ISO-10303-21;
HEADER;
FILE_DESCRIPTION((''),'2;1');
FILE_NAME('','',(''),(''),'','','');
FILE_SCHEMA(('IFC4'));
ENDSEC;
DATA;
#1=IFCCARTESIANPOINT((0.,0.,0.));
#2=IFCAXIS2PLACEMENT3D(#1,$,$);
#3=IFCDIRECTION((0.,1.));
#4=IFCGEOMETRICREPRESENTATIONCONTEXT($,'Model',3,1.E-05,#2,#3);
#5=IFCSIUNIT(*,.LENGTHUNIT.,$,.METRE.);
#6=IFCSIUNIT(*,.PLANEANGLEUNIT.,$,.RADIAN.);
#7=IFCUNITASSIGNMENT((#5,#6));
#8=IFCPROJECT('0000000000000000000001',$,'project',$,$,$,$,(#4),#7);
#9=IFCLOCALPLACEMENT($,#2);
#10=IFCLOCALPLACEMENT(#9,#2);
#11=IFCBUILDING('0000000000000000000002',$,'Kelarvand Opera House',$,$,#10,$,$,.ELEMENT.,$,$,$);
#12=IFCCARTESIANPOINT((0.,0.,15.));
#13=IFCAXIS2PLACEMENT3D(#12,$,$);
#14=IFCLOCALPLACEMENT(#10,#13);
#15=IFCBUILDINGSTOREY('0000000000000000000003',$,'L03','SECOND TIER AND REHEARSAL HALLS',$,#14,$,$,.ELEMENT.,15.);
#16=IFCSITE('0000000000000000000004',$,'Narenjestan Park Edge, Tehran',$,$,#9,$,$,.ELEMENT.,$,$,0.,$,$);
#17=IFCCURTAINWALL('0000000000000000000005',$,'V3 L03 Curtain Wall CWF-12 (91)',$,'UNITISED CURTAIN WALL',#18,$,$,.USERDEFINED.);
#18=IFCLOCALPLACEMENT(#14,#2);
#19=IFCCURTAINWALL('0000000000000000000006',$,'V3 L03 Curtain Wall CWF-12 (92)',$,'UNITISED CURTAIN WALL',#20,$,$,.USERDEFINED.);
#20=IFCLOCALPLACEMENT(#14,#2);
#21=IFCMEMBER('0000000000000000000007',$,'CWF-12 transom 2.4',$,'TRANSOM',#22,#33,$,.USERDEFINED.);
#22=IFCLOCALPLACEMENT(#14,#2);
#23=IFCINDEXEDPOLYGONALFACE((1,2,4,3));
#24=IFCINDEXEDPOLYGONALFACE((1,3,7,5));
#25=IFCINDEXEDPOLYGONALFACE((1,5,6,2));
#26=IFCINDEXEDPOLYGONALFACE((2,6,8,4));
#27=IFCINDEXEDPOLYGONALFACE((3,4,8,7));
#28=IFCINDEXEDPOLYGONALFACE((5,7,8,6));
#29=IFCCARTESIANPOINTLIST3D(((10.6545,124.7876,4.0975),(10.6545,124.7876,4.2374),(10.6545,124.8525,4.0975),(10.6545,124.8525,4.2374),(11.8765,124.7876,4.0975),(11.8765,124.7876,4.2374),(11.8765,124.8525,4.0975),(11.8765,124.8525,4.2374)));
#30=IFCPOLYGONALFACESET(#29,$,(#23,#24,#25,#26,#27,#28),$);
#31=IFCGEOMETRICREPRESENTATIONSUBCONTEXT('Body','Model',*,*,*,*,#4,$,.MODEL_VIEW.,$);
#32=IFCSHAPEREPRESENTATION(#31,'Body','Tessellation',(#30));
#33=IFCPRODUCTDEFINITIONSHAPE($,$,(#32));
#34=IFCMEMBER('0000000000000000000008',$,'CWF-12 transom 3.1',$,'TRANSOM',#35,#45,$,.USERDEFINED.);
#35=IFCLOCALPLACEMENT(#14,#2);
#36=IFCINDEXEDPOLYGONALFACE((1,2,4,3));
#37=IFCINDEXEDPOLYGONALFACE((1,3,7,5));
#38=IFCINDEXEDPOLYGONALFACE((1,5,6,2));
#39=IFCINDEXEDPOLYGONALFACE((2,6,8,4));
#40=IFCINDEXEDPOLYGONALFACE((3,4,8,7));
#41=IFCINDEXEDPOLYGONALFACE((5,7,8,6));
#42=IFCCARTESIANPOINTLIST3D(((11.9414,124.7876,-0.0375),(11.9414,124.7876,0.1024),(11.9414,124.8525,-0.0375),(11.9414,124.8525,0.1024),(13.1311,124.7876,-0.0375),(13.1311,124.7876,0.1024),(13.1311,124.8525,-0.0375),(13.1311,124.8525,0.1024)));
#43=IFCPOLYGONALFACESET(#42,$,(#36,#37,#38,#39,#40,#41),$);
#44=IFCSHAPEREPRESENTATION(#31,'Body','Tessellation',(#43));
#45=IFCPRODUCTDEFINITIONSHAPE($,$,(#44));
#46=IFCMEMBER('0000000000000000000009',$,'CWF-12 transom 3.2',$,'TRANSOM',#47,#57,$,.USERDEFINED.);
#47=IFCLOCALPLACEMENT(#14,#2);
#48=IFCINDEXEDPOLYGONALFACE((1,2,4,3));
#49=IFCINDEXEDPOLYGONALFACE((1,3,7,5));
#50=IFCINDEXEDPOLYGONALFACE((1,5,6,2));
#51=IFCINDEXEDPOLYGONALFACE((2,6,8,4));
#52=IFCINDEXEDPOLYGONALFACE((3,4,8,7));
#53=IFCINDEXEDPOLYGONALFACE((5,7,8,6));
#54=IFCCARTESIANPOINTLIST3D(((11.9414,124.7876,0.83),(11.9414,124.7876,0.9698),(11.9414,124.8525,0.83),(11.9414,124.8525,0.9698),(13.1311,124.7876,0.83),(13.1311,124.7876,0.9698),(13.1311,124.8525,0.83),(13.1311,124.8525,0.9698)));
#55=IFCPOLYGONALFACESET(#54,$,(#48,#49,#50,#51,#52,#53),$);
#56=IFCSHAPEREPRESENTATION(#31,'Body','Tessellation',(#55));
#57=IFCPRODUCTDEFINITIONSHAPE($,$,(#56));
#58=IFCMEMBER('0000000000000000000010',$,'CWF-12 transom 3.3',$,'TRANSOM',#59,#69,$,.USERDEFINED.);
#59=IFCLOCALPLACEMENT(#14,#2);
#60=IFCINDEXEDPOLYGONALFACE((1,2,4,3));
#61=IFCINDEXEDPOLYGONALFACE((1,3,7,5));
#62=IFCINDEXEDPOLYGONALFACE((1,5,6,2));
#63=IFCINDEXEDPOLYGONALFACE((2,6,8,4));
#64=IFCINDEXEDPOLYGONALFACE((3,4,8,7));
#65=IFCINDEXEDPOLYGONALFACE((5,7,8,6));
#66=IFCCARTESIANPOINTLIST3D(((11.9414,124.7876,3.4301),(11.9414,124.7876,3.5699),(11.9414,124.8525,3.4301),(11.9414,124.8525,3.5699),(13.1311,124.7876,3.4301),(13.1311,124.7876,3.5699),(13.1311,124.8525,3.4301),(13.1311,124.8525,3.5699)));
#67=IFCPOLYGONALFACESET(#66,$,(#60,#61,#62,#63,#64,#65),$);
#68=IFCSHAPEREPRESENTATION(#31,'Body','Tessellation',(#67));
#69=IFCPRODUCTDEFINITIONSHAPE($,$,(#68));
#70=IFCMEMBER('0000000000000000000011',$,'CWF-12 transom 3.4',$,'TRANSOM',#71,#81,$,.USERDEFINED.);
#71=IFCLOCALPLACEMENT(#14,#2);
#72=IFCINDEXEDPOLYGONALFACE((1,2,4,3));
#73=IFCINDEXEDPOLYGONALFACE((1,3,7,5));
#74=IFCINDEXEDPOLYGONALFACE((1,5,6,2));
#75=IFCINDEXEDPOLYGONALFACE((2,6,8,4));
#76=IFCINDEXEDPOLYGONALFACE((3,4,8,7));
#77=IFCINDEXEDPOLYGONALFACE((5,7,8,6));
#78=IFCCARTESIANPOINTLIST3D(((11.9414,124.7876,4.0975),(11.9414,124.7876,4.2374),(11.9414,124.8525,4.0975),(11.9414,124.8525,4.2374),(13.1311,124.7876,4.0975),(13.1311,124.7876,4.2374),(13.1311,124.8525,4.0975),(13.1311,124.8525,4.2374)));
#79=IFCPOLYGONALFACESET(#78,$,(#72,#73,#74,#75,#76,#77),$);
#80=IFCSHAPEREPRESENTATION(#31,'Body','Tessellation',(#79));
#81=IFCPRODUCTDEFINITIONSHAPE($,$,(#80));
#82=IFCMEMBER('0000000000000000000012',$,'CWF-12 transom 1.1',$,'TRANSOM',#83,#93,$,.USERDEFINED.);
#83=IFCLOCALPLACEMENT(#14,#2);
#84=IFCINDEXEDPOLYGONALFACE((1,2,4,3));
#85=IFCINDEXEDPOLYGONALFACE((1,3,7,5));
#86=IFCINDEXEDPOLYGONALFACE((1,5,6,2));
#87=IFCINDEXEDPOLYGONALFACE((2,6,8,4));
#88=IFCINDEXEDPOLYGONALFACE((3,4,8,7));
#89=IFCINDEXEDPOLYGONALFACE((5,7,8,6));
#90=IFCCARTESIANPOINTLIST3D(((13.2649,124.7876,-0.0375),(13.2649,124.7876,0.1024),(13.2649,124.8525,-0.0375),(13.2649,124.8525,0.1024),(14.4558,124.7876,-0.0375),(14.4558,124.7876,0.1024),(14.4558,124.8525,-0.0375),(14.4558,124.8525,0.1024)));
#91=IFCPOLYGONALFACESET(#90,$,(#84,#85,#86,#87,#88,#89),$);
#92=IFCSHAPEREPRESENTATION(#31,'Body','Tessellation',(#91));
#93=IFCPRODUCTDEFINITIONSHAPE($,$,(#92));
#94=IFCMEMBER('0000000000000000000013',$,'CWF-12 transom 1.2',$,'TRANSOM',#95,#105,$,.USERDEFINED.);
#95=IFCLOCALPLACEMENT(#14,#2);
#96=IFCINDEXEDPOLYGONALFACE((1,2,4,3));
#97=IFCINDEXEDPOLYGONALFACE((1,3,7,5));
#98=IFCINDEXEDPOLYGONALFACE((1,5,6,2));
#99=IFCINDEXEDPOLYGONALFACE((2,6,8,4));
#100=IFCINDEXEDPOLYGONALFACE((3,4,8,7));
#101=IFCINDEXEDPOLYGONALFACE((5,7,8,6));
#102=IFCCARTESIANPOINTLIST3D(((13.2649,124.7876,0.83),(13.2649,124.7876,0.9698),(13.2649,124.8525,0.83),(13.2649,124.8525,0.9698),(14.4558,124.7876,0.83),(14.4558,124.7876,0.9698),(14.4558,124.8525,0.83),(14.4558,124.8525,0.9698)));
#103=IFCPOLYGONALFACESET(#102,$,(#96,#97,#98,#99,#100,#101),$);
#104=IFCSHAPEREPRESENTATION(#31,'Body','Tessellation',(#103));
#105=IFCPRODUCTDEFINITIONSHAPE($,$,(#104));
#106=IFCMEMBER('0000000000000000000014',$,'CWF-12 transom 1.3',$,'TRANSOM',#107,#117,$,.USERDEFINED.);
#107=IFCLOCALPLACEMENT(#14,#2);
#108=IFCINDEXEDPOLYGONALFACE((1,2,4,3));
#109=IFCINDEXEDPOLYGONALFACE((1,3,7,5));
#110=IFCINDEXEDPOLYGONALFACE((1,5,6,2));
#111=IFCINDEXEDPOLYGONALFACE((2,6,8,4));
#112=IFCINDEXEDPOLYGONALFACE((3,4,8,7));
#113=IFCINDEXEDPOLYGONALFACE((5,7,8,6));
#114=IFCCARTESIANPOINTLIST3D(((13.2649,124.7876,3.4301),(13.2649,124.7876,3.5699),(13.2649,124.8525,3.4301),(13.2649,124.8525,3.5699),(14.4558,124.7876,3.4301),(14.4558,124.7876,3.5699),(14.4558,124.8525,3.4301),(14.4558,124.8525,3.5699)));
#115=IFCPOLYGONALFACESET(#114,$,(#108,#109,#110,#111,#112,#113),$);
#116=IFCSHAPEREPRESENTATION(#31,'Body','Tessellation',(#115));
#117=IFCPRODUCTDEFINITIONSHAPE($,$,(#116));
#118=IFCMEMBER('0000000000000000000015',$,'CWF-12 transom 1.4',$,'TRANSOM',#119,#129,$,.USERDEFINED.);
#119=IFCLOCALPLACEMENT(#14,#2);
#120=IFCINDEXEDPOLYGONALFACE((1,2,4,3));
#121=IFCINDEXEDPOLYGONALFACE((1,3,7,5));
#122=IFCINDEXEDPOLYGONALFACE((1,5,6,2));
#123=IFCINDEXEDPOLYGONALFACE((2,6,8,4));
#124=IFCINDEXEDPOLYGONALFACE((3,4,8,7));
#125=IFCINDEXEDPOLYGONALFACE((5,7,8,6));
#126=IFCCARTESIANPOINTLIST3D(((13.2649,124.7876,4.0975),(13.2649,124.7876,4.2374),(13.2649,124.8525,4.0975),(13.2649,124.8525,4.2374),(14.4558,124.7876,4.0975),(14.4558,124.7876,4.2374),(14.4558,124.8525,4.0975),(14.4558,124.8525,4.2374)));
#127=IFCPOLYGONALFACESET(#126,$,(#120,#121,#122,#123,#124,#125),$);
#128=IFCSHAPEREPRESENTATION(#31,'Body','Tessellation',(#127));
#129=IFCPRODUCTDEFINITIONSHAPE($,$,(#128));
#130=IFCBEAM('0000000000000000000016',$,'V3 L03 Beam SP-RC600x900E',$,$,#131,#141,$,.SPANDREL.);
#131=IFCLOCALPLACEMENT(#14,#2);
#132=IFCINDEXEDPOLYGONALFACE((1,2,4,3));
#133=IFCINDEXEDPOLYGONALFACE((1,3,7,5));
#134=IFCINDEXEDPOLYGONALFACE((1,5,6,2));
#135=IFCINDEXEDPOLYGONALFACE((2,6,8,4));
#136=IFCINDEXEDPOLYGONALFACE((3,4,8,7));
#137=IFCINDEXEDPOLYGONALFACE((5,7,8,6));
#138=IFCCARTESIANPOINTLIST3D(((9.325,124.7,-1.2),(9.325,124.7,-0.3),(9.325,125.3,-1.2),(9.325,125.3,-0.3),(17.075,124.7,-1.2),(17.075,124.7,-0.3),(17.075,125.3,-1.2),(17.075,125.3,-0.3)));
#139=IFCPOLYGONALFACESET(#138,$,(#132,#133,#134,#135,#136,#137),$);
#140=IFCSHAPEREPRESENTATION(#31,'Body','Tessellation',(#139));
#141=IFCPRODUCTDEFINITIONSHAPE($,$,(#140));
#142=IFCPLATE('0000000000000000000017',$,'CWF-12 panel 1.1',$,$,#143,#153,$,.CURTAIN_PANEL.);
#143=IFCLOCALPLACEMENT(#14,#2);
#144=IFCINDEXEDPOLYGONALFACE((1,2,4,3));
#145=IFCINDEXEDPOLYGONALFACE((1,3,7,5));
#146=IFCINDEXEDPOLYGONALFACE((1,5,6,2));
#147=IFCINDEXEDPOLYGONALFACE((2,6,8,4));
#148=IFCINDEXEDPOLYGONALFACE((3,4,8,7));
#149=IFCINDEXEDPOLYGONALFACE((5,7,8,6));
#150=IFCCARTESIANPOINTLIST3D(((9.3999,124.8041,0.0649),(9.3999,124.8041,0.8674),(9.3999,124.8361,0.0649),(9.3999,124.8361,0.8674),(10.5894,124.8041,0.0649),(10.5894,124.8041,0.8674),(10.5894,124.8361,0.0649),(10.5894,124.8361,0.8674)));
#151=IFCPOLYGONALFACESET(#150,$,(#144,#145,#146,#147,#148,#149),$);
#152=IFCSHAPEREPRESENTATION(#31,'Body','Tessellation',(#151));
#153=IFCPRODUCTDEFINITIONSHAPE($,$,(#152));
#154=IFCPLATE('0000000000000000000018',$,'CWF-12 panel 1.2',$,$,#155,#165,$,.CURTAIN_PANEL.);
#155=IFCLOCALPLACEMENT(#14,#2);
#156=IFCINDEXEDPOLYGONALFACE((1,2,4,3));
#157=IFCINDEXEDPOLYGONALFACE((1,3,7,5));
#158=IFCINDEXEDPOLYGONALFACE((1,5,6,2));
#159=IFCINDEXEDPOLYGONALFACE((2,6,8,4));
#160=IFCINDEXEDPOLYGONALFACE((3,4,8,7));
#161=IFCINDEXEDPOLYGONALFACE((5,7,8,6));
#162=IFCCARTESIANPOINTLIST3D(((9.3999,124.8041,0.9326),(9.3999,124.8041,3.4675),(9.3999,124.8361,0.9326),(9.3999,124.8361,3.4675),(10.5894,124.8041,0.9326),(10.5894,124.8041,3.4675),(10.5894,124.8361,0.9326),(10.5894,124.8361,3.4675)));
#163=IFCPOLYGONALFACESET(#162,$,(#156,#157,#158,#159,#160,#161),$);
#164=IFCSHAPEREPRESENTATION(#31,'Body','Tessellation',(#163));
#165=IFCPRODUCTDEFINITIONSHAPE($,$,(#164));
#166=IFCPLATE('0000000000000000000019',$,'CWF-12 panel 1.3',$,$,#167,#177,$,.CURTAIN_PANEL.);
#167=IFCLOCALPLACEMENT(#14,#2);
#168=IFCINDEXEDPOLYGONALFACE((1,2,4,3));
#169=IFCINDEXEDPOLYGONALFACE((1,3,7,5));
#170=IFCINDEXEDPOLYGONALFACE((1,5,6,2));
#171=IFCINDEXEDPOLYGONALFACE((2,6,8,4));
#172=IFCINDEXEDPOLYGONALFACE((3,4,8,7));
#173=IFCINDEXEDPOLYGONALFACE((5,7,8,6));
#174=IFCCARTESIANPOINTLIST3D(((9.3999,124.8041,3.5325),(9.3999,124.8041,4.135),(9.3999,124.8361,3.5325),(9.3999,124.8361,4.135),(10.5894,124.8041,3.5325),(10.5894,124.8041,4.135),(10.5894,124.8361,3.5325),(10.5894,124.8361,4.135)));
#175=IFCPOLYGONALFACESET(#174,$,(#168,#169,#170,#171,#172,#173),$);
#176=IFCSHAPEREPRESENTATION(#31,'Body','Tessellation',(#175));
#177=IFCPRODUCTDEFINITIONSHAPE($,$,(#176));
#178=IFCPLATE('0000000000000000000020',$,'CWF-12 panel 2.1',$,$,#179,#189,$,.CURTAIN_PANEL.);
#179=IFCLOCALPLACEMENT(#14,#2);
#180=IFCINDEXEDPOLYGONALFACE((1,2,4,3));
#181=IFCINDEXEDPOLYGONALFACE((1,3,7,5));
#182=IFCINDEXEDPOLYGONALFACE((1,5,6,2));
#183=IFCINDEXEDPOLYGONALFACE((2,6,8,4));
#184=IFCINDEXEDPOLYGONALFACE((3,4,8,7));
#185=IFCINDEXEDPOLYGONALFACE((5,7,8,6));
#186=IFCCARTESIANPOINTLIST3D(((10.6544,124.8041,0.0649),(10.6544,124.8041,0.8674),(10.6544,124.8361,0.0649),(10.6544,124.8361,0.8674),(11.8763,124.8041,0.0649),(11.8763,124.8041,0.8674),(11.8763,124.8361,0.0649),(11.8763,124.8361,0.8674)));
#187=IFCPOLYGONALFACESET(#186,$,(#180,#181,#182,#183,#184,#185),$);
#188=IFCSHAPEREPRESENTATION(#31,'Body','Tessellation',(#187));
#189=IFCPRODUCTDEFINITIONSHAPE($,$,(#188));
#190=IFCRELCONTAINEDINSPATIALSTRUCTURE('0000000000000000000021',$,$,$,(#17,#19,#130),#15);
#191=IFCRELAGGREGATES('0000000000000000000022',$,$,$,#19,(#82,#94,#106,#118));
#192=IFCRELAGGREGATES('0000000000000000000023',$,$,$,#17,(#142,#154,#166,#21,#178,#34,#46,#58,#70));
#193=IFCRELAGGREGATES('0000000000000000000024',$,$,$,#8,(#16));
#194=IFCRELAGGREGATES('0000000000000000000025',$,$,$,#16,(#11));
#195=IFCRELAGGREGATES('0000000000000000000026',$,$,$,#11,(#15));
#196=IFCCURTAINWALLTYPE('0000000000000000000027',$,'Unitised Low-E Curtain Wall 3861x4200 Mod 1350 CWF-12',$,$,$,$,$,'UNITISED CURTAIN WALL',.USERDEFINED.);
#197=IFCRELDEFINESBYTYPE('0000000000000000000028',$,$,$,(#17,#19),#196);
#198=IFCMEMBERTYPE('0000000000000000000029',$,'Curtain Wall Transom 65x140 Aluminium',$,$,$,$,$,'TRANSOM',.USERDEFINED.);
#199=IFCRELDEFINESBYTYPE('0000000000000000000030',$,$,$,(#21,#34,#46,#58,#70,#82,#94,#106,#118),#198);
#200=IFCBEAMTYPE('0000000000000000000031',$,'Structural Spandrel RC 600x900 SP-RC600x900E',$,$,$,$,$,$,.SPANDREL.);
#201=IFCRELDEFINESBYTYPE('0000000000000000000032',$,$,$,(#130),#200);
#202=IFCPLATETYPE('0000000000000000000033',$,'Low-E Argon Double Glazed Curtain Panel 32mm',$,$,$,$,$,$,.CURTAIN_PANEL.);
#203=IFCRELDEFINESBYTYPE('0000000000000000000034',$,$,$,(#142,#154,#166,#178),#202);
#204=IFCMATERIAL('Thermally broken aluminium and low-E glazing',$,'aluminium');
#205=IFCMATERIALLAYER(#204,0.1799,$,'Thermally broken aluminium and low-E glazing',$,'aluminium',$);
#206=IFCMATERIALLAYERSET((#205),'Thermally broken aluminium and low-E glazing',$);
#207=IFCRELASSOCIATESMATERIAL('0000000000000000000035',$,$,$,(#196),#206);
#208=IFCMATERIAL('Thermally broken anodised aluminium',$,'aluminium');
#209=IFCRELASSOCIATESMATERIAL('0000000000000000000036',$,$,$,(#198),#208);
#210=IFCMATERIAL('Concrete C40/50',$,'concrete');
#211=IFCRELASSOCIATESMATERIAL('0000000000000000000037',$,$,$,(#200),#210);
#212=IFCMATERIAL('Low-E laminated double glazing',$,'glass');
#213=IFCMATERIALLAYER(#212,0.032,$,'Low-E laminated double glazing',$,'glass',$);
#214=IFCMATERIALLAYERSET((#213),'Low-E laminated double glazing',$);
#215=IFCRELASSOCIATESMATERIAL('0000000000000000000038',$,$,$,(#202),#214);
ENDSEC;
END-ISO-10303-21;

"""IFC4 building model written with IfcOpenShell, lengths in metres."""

from ifc_helpers import new_model, si_unit, direction, frame, origin, origin_2d, place, context, subcontext, project, spatial, rectangle, extrude, material, layer, layer_set, material_profile, profile_set, type_object, element, aggregate, save


model = new_model("IFC4")

# Units and contexts
model_context = context("Model", 3, precision=1e-05, world=origin(), true_north=direction((0.0, 1.0)))
body_context = subcontext(model_context, "Body", "Model", "MODEL_VIEW")
ifc_project = project(units=[si_unit("LENGTHUNIT", "METRE"), si_unit("PLANEANGLEUNIT", "RADIAN")], contexts=[model_context])

# Site, building, storey
site_placement = place(None, origin())
site = spatial("IfcSite", under=ifc_project, at=site_placement, Name="Narenjestan Park Edge, Tehran", CompositionType="ELEMENT", RefElevation=0.0)
building_placement = place(site_placement, origin())
building = spatial("IfcBuilding", under=site, at=building_placement, Name="Kelarvand Opera House", CompositionType="ELEMENT")
storey_placement = place(building_placement, frame((0.0, 0.0, 15.0)))
storey = spatial("IfcBuildingStorey", under=building, at=storey_placement, Name="L03", Description="SECOND TIER AND REHEARSAL HALLS", CompositionType="ELEMENT", Elevation=15.0)

# Shared definitions
ifc_material_1 = material(Name="Concrete C40/50", Category="concrete")

# Curtain wall
ifc_material_2 = material(Name="Thermally broken aluminium and low-E glazing", Category="aluminium")
ifc_layer_1 = layer(ifc_material_2, 0.1799, Name="Thermally broken aluminium and low-E glazing", Category="aluminium")
ifc_layer_set_1 = layer_set([ifc_layer_1], Name="Thermally broken aluminium and low-E glazing")
curtain_wall_type_1 = type_object("IfcCurtainWallType", Name="Unitised Low-E Curtain Wall 3861x4200 Mod 1350 CWF-12", ElementType="UNITISED CURTAIN WALL", PredefinedType="USERDEFINED", material=ifc_layer_set_1)
curtain_wall_1_placement = place(storey_placement, origin())
curtain_wall_1 = element("IfcCurtainWall", 1, at=curtain_wall_1_placement, inside=storey, type_object=curtain_wall_type_1, Name="V3 L03 Curtain Wall CWF-12 (91)", ObjectType="UNITISED CURTAIN WALL", PredefinedType="USERDEFINED")
ifc_material_3 = material(Name="Thermally broken anodised aluminium", Category="aluminium")

# Curtain wall
curtain_wall_2_placement = place(storey_placement, origin())
curtain_wall_2 = element("IfcCurtainWall", 2, at=curtain_wall_2_placement, inside=storey, type_object=curtain_wall_type_1, Name="V3 L03 Curtain Wall CWF-12 (92)", ObjectType="UNITISED CURTAIN WALL", PredefinedType="USERDEFINED")

# Members
ifc_material_profile_1 = material_profile(ifc_material_3, rectangle(XDim=0.0649, YDim=0.1399, at=origin_2d()), Name="ALU TRANSOM 65x140", Category="aluminium")
ifc_profile_set_1 = profile_set([ifc_material_profile_1], Name="Thermally broken anodised aluminium")
member_type_1 = type_object("IfcMemberType", Name="Curtain Wall Transom 65x140 Aluminium", ElementType="TRANSOM", PredefinedType="USERDEFINED", material=ifc_profile_set_1)
member_1_placement = place(storey_placement, frame((10.6545, 124.8201, 4.1675), z_axis=(1.0, 0.0, 0.0), x_axis=(0.0, 1.0, 0.0)))
member_1 = element("IfcMember", 3, at=member_1_placement, type_object=member_type_1, Name="CWF-12 transom 2.4", ObjectType="TRANSOM", PredefinedType="USERDEFINED", context=body_context, shape_type="SweptSolid", body=[
    extrude(rectangle(XDim=0.0649, YDim=0.1399, at=origin_2d()), origin(), (0.0, 0.0, 1.0), 1.2219),
])
member_2_placement = place(storey_placement, frame((11.9414, 124.8201, 0.0325), z_axis=(1.0, 0.0, 0.0), x_axis=(0.0, 1.0, 0.0)))
member_2 = element("IfcMember", 4, at=member_2_placement, type_object=member_type_1, Name="CWF-12 transom 3.1", ObjectType="TRANSOM", PredefinedType="USERDEFINED", context=body_context, shape_type="SweptSolid", body=[
    extrude(rectangle(XDim=0.0649, YDim=0.1399, at=origin_2d()), origin(), (0.0, 0.0, 1.0), 1.1897),
])
member_3_placement = place(storey_placement, frame((11.9414, 124.8201, 0.8999), z_axis=(1.0, 0.0, 0.0), x_axis=(0.0, 1.0, 0.0)))
member_3 = element("IfcMember", 5, at=member_3_placement, type_object=member_type_1, Name="CWF-12 transom 3.2", ObjectType="TRANSOM", PredefinedType="USERDEFINED", context=body_context, shape_type="SweptSolid", body=[
    extrude(rectangle(XDim=0.0649, YDim=0.1399, at=origin_2d()), origin(), (0.0, 0.0, 1.0), 1.1897),
])
member_4_placement = place(storey_placement, frame((11.9414, 124.8201, 3.5), z_axis=(1.0, 0.0, 0.0), x_axis=(0.0, 1.0, 0.0)))
member_4 = element("IfcMember", 6, at=member_4_placement, type_object=member_type_1, Name="CWF-12 transom 3.3", ObjectType="TRANSOM", PredefinedType="USERDEFINED", context=body_context, shape_type="SweptSolid", body=[
    extrude(rectangle(XDim=0.0649, YDim=0.1399, at=origin_2d()), origin(), (0.0, 0.0, 1.0), 1.1897),
])
member_5_placement = place(storey_placement, frame((11.9414, 124.8201, 4.1675), z_axis=(1.0, 0.0, 0.0), x_axis=(0.0, 1.0, 0.0)))
member_5 = element("IfcMember", 7, at=member_5_placement, type_object=member_type_1, Name="CWF-12 transom 3.4", ObjectType="TRANSOM", PredefinedType="USERDEFINED", context=body_context, shape_type="SweptSolid", body=[
    extrude(rectangle(XDim=0.0649, YDim=0.1399, at=origin_2d()), origin(), (0.0, 0.0, 1.0), 1.1897),
])
member_6_placement = place(storey_placement, frame((13.2649, 124.8201, 0.0325), z_axis=(1.0, 0.0, 0.0), x_axis=(0.0, 1.0, 0.0)))
member_6 = element("IfcMember", 8, at=member_6_placement, type_object=member_type_1, Name="CWF-12 transom 1.1", ObjectType="TRANSOM", PredefinedType="USERDEFINED", context=body_context, shape_type="SweptSolid", body=[
    extrude(rectangle(XDim=0.0649, YDim=0.1399, at=origin_2d()), origin(), (0.0, 0.0, 1.0), 1.1909),
])
member_7_placement = place(storey_placement, frame((13.2649, 124.8201, 0.8999), z_axis=(1.0, 0.0, 0.0), x_axis=(0.0, 1.0, 0.0)))
member_7 = element("IfcMember", 9, at=member_7_placement, type_object=member_type_1, Name="CWF-12 transom 1.2", ObjectType="TRANSOM", PredefinedType="USERDEFINED", context=body_context, shape_type="SweptSolid", body=[
    extrude(rectangle(XDim=0.0649, YDim=0.1399, at=origin_2d()), origin(), (0.0, 0.0, 1.0), 1.1909),
])
member_8_placement = place(storey_placement, frame((13.2649, 124.8201, 3.5), z_axis=(1.0, 0.0, 0.0), x_axis=(0.0, 1.0, 0.0)))
member_8 = element("IfcMember", 10, at=member_8_placement, type_object=member_type_1, Name="CWF-12 transom 1.3", ObjectType="TRANSOM", PredefinedType="USERDEFINED", context=body_context, shape_type="SweptSolid", body=[
    extrude(rectangle(XDim=0.0649, YDim=0.1399, at=origin_2d()), origin(), (0.0, 0.0, 1.0), 1.1909),
])
member_9_placement = place(storey_placement, frame((13.2649, 124.8201, 4.1675), z_axis=(1.0, 0.0, 0.0), x_axis=(0.0, 1.0, 0.0)))
member_9 = element("IfcMember", 11, at=member_9_placement, type_object=member_type_1, Name="CWF-12 transom 1.4", ObjectType="TRANSOM", PredefinedType="USERDEFINED", context=body_context, shape_type="SweptSolid", body=[
    extrude(rectangle(XDim=0.0649, YDim=0.1399, at=origin_2d()), origin(), (0.0, 0.0, 1.0), 1.1909),
])
aggregate(curtain_wall_2, [member_6, member_7, member_8, member_9])

# Beam
ifc_material_profile_2 = material_profile(ifc_material_1, rectangle(XDim=0.6001, YDim=0.8999, at=origin_2d()), Name="RC 600x900", Category="concrete")
ifc_profile_set_2 = profile_set([ifc_material_profile_2], Name="Concrete C40/50")
beam_type = type_object("IfcBeamType", Name="Structural Spandrel RC 600x900 SP-RC600x900E", PredefinedType="SPANDREL", material=ifc_profile_set_2)
beam_placement = place(storey_placement, frame((9.325, 125.0, -0.75), z_axis=(1.0, 0.0, 0.0), x_axis=(0.0, 1.0, 0.0)))
element("IfcBeam", 12, at=beam_placement, inside=storey, type_object=beam_type, Name="V3 L03 Beam SP-RC600x900E", PredefinedType="SPANDREL", context=body_context, shape_type="SweptSolid", body=[
    extrude(rectangle(XDim=0.6001, YDim=0.8999, at=origin_2d()), origin(), (0.0, 0.0, 1.0), 7.75),
])

# Plates
ifc_material_4 = material(Name="Low-E laminated double glazing", Category="glass")
ifc_layer_2 = layer(ifc_material_4, 0.032, Name="Low-E laminated double glazing", Category="glass")
ifc_layer_set_2 = layer_set([ifc_layer_2], Name="Low-E laminated double glazing")
plate_type = type_object("IfcPlateType", Name="Low-E Argon Double Glazed Curtain Panel 32mm", PredefinedType="CURTAIN_PANEL", material=ifc_layer_set_2)
plate_1_placement = place(storey_placement, frame((9.9946, 124.8201, 0.0649), z_axis=(0.0, 0.0, 1.0), x_axis=(1.0, 0.0, 0.0)))
plate_1 = element("IfcPlate", 13, at=plate_1_placement, type_object=plate_type, Name="CWF-12 panel 1.1", PredefinedType="CURTAIN_PANEL", context=body_context, shape_type="SweptSolid", body=[
    extrude(rectangle(XDim=1.1895, YDim=0.032, at=origin_2d()), origin(), (0.0, 0.0, 1.0), 0.8025),
])
plate_2_placement = place(storey_placement, frame((9.9946, 124.8201, 0.9326), z_axis=(0.0, 0.0, 1.0), x_axis=(1.0, 0.0, 0.0)))
plate_2 = element("IfcPlate", 14, at=plate_2_placement, type_object=plate_type, Name="CWF-12 panel 1.2", PredefinedType="CURTAIN_PANEL", context=body_context, shape_type="SweptSolid", body=[
    extrude(rectangle(XDim=1.1895, YDim=0.032, at=origin_2d()), origin(), (0.0, 0.0, 1.0), 2.5349),
])
plate_3_placement = place(storey_placement, frame((9.9946, 124.8201, 3.5325), z_axis=(0.0, 0.0, 1.0), x_axis=(1.0, 0.0, 0.0)))
plate_3 = element("IfcPlate", 15, at=plate_3_placement, type_object=plate_type, Name="CWF-12 panel 1.3", PredefinedType="CURTAIN_PANEL", context=body_context, shape_type="SweptSolid", body=[
    extrude(rectangle(XDim=1.1895, YDim=0.032, at=origin_2d()), origin(), (0.0, 0.0, 1.0), 0.6025),
])
plate_4_placement = place(storey_placement, frame((11.2654, 124.8201, 0.0649), z_axis=(0.0, 0.0, 1.0), x_axis=(1.0, 0.0, 0.0)))
plate_4 = element("IfcPlate", 16, at=plate_4_placement, type_object=plate_type, Name="CWF-12 panel 2.1", PredefinedType="CURTAIN_PANEL", context=body_context, shape_type="SweptSolid", body=[
    extrude(rectangle(XDim=1.2219, YDim=0.032, at=origin_2d()), origin(), (0.0, 0.0, 1.0), 0.8025),
])
aggregate(curtain_wall_1, [plate_1, plate_2, plate_3, member_1, plate_4, member_2, member_3, member_4, member_5])

save(model, "model.ifc")
